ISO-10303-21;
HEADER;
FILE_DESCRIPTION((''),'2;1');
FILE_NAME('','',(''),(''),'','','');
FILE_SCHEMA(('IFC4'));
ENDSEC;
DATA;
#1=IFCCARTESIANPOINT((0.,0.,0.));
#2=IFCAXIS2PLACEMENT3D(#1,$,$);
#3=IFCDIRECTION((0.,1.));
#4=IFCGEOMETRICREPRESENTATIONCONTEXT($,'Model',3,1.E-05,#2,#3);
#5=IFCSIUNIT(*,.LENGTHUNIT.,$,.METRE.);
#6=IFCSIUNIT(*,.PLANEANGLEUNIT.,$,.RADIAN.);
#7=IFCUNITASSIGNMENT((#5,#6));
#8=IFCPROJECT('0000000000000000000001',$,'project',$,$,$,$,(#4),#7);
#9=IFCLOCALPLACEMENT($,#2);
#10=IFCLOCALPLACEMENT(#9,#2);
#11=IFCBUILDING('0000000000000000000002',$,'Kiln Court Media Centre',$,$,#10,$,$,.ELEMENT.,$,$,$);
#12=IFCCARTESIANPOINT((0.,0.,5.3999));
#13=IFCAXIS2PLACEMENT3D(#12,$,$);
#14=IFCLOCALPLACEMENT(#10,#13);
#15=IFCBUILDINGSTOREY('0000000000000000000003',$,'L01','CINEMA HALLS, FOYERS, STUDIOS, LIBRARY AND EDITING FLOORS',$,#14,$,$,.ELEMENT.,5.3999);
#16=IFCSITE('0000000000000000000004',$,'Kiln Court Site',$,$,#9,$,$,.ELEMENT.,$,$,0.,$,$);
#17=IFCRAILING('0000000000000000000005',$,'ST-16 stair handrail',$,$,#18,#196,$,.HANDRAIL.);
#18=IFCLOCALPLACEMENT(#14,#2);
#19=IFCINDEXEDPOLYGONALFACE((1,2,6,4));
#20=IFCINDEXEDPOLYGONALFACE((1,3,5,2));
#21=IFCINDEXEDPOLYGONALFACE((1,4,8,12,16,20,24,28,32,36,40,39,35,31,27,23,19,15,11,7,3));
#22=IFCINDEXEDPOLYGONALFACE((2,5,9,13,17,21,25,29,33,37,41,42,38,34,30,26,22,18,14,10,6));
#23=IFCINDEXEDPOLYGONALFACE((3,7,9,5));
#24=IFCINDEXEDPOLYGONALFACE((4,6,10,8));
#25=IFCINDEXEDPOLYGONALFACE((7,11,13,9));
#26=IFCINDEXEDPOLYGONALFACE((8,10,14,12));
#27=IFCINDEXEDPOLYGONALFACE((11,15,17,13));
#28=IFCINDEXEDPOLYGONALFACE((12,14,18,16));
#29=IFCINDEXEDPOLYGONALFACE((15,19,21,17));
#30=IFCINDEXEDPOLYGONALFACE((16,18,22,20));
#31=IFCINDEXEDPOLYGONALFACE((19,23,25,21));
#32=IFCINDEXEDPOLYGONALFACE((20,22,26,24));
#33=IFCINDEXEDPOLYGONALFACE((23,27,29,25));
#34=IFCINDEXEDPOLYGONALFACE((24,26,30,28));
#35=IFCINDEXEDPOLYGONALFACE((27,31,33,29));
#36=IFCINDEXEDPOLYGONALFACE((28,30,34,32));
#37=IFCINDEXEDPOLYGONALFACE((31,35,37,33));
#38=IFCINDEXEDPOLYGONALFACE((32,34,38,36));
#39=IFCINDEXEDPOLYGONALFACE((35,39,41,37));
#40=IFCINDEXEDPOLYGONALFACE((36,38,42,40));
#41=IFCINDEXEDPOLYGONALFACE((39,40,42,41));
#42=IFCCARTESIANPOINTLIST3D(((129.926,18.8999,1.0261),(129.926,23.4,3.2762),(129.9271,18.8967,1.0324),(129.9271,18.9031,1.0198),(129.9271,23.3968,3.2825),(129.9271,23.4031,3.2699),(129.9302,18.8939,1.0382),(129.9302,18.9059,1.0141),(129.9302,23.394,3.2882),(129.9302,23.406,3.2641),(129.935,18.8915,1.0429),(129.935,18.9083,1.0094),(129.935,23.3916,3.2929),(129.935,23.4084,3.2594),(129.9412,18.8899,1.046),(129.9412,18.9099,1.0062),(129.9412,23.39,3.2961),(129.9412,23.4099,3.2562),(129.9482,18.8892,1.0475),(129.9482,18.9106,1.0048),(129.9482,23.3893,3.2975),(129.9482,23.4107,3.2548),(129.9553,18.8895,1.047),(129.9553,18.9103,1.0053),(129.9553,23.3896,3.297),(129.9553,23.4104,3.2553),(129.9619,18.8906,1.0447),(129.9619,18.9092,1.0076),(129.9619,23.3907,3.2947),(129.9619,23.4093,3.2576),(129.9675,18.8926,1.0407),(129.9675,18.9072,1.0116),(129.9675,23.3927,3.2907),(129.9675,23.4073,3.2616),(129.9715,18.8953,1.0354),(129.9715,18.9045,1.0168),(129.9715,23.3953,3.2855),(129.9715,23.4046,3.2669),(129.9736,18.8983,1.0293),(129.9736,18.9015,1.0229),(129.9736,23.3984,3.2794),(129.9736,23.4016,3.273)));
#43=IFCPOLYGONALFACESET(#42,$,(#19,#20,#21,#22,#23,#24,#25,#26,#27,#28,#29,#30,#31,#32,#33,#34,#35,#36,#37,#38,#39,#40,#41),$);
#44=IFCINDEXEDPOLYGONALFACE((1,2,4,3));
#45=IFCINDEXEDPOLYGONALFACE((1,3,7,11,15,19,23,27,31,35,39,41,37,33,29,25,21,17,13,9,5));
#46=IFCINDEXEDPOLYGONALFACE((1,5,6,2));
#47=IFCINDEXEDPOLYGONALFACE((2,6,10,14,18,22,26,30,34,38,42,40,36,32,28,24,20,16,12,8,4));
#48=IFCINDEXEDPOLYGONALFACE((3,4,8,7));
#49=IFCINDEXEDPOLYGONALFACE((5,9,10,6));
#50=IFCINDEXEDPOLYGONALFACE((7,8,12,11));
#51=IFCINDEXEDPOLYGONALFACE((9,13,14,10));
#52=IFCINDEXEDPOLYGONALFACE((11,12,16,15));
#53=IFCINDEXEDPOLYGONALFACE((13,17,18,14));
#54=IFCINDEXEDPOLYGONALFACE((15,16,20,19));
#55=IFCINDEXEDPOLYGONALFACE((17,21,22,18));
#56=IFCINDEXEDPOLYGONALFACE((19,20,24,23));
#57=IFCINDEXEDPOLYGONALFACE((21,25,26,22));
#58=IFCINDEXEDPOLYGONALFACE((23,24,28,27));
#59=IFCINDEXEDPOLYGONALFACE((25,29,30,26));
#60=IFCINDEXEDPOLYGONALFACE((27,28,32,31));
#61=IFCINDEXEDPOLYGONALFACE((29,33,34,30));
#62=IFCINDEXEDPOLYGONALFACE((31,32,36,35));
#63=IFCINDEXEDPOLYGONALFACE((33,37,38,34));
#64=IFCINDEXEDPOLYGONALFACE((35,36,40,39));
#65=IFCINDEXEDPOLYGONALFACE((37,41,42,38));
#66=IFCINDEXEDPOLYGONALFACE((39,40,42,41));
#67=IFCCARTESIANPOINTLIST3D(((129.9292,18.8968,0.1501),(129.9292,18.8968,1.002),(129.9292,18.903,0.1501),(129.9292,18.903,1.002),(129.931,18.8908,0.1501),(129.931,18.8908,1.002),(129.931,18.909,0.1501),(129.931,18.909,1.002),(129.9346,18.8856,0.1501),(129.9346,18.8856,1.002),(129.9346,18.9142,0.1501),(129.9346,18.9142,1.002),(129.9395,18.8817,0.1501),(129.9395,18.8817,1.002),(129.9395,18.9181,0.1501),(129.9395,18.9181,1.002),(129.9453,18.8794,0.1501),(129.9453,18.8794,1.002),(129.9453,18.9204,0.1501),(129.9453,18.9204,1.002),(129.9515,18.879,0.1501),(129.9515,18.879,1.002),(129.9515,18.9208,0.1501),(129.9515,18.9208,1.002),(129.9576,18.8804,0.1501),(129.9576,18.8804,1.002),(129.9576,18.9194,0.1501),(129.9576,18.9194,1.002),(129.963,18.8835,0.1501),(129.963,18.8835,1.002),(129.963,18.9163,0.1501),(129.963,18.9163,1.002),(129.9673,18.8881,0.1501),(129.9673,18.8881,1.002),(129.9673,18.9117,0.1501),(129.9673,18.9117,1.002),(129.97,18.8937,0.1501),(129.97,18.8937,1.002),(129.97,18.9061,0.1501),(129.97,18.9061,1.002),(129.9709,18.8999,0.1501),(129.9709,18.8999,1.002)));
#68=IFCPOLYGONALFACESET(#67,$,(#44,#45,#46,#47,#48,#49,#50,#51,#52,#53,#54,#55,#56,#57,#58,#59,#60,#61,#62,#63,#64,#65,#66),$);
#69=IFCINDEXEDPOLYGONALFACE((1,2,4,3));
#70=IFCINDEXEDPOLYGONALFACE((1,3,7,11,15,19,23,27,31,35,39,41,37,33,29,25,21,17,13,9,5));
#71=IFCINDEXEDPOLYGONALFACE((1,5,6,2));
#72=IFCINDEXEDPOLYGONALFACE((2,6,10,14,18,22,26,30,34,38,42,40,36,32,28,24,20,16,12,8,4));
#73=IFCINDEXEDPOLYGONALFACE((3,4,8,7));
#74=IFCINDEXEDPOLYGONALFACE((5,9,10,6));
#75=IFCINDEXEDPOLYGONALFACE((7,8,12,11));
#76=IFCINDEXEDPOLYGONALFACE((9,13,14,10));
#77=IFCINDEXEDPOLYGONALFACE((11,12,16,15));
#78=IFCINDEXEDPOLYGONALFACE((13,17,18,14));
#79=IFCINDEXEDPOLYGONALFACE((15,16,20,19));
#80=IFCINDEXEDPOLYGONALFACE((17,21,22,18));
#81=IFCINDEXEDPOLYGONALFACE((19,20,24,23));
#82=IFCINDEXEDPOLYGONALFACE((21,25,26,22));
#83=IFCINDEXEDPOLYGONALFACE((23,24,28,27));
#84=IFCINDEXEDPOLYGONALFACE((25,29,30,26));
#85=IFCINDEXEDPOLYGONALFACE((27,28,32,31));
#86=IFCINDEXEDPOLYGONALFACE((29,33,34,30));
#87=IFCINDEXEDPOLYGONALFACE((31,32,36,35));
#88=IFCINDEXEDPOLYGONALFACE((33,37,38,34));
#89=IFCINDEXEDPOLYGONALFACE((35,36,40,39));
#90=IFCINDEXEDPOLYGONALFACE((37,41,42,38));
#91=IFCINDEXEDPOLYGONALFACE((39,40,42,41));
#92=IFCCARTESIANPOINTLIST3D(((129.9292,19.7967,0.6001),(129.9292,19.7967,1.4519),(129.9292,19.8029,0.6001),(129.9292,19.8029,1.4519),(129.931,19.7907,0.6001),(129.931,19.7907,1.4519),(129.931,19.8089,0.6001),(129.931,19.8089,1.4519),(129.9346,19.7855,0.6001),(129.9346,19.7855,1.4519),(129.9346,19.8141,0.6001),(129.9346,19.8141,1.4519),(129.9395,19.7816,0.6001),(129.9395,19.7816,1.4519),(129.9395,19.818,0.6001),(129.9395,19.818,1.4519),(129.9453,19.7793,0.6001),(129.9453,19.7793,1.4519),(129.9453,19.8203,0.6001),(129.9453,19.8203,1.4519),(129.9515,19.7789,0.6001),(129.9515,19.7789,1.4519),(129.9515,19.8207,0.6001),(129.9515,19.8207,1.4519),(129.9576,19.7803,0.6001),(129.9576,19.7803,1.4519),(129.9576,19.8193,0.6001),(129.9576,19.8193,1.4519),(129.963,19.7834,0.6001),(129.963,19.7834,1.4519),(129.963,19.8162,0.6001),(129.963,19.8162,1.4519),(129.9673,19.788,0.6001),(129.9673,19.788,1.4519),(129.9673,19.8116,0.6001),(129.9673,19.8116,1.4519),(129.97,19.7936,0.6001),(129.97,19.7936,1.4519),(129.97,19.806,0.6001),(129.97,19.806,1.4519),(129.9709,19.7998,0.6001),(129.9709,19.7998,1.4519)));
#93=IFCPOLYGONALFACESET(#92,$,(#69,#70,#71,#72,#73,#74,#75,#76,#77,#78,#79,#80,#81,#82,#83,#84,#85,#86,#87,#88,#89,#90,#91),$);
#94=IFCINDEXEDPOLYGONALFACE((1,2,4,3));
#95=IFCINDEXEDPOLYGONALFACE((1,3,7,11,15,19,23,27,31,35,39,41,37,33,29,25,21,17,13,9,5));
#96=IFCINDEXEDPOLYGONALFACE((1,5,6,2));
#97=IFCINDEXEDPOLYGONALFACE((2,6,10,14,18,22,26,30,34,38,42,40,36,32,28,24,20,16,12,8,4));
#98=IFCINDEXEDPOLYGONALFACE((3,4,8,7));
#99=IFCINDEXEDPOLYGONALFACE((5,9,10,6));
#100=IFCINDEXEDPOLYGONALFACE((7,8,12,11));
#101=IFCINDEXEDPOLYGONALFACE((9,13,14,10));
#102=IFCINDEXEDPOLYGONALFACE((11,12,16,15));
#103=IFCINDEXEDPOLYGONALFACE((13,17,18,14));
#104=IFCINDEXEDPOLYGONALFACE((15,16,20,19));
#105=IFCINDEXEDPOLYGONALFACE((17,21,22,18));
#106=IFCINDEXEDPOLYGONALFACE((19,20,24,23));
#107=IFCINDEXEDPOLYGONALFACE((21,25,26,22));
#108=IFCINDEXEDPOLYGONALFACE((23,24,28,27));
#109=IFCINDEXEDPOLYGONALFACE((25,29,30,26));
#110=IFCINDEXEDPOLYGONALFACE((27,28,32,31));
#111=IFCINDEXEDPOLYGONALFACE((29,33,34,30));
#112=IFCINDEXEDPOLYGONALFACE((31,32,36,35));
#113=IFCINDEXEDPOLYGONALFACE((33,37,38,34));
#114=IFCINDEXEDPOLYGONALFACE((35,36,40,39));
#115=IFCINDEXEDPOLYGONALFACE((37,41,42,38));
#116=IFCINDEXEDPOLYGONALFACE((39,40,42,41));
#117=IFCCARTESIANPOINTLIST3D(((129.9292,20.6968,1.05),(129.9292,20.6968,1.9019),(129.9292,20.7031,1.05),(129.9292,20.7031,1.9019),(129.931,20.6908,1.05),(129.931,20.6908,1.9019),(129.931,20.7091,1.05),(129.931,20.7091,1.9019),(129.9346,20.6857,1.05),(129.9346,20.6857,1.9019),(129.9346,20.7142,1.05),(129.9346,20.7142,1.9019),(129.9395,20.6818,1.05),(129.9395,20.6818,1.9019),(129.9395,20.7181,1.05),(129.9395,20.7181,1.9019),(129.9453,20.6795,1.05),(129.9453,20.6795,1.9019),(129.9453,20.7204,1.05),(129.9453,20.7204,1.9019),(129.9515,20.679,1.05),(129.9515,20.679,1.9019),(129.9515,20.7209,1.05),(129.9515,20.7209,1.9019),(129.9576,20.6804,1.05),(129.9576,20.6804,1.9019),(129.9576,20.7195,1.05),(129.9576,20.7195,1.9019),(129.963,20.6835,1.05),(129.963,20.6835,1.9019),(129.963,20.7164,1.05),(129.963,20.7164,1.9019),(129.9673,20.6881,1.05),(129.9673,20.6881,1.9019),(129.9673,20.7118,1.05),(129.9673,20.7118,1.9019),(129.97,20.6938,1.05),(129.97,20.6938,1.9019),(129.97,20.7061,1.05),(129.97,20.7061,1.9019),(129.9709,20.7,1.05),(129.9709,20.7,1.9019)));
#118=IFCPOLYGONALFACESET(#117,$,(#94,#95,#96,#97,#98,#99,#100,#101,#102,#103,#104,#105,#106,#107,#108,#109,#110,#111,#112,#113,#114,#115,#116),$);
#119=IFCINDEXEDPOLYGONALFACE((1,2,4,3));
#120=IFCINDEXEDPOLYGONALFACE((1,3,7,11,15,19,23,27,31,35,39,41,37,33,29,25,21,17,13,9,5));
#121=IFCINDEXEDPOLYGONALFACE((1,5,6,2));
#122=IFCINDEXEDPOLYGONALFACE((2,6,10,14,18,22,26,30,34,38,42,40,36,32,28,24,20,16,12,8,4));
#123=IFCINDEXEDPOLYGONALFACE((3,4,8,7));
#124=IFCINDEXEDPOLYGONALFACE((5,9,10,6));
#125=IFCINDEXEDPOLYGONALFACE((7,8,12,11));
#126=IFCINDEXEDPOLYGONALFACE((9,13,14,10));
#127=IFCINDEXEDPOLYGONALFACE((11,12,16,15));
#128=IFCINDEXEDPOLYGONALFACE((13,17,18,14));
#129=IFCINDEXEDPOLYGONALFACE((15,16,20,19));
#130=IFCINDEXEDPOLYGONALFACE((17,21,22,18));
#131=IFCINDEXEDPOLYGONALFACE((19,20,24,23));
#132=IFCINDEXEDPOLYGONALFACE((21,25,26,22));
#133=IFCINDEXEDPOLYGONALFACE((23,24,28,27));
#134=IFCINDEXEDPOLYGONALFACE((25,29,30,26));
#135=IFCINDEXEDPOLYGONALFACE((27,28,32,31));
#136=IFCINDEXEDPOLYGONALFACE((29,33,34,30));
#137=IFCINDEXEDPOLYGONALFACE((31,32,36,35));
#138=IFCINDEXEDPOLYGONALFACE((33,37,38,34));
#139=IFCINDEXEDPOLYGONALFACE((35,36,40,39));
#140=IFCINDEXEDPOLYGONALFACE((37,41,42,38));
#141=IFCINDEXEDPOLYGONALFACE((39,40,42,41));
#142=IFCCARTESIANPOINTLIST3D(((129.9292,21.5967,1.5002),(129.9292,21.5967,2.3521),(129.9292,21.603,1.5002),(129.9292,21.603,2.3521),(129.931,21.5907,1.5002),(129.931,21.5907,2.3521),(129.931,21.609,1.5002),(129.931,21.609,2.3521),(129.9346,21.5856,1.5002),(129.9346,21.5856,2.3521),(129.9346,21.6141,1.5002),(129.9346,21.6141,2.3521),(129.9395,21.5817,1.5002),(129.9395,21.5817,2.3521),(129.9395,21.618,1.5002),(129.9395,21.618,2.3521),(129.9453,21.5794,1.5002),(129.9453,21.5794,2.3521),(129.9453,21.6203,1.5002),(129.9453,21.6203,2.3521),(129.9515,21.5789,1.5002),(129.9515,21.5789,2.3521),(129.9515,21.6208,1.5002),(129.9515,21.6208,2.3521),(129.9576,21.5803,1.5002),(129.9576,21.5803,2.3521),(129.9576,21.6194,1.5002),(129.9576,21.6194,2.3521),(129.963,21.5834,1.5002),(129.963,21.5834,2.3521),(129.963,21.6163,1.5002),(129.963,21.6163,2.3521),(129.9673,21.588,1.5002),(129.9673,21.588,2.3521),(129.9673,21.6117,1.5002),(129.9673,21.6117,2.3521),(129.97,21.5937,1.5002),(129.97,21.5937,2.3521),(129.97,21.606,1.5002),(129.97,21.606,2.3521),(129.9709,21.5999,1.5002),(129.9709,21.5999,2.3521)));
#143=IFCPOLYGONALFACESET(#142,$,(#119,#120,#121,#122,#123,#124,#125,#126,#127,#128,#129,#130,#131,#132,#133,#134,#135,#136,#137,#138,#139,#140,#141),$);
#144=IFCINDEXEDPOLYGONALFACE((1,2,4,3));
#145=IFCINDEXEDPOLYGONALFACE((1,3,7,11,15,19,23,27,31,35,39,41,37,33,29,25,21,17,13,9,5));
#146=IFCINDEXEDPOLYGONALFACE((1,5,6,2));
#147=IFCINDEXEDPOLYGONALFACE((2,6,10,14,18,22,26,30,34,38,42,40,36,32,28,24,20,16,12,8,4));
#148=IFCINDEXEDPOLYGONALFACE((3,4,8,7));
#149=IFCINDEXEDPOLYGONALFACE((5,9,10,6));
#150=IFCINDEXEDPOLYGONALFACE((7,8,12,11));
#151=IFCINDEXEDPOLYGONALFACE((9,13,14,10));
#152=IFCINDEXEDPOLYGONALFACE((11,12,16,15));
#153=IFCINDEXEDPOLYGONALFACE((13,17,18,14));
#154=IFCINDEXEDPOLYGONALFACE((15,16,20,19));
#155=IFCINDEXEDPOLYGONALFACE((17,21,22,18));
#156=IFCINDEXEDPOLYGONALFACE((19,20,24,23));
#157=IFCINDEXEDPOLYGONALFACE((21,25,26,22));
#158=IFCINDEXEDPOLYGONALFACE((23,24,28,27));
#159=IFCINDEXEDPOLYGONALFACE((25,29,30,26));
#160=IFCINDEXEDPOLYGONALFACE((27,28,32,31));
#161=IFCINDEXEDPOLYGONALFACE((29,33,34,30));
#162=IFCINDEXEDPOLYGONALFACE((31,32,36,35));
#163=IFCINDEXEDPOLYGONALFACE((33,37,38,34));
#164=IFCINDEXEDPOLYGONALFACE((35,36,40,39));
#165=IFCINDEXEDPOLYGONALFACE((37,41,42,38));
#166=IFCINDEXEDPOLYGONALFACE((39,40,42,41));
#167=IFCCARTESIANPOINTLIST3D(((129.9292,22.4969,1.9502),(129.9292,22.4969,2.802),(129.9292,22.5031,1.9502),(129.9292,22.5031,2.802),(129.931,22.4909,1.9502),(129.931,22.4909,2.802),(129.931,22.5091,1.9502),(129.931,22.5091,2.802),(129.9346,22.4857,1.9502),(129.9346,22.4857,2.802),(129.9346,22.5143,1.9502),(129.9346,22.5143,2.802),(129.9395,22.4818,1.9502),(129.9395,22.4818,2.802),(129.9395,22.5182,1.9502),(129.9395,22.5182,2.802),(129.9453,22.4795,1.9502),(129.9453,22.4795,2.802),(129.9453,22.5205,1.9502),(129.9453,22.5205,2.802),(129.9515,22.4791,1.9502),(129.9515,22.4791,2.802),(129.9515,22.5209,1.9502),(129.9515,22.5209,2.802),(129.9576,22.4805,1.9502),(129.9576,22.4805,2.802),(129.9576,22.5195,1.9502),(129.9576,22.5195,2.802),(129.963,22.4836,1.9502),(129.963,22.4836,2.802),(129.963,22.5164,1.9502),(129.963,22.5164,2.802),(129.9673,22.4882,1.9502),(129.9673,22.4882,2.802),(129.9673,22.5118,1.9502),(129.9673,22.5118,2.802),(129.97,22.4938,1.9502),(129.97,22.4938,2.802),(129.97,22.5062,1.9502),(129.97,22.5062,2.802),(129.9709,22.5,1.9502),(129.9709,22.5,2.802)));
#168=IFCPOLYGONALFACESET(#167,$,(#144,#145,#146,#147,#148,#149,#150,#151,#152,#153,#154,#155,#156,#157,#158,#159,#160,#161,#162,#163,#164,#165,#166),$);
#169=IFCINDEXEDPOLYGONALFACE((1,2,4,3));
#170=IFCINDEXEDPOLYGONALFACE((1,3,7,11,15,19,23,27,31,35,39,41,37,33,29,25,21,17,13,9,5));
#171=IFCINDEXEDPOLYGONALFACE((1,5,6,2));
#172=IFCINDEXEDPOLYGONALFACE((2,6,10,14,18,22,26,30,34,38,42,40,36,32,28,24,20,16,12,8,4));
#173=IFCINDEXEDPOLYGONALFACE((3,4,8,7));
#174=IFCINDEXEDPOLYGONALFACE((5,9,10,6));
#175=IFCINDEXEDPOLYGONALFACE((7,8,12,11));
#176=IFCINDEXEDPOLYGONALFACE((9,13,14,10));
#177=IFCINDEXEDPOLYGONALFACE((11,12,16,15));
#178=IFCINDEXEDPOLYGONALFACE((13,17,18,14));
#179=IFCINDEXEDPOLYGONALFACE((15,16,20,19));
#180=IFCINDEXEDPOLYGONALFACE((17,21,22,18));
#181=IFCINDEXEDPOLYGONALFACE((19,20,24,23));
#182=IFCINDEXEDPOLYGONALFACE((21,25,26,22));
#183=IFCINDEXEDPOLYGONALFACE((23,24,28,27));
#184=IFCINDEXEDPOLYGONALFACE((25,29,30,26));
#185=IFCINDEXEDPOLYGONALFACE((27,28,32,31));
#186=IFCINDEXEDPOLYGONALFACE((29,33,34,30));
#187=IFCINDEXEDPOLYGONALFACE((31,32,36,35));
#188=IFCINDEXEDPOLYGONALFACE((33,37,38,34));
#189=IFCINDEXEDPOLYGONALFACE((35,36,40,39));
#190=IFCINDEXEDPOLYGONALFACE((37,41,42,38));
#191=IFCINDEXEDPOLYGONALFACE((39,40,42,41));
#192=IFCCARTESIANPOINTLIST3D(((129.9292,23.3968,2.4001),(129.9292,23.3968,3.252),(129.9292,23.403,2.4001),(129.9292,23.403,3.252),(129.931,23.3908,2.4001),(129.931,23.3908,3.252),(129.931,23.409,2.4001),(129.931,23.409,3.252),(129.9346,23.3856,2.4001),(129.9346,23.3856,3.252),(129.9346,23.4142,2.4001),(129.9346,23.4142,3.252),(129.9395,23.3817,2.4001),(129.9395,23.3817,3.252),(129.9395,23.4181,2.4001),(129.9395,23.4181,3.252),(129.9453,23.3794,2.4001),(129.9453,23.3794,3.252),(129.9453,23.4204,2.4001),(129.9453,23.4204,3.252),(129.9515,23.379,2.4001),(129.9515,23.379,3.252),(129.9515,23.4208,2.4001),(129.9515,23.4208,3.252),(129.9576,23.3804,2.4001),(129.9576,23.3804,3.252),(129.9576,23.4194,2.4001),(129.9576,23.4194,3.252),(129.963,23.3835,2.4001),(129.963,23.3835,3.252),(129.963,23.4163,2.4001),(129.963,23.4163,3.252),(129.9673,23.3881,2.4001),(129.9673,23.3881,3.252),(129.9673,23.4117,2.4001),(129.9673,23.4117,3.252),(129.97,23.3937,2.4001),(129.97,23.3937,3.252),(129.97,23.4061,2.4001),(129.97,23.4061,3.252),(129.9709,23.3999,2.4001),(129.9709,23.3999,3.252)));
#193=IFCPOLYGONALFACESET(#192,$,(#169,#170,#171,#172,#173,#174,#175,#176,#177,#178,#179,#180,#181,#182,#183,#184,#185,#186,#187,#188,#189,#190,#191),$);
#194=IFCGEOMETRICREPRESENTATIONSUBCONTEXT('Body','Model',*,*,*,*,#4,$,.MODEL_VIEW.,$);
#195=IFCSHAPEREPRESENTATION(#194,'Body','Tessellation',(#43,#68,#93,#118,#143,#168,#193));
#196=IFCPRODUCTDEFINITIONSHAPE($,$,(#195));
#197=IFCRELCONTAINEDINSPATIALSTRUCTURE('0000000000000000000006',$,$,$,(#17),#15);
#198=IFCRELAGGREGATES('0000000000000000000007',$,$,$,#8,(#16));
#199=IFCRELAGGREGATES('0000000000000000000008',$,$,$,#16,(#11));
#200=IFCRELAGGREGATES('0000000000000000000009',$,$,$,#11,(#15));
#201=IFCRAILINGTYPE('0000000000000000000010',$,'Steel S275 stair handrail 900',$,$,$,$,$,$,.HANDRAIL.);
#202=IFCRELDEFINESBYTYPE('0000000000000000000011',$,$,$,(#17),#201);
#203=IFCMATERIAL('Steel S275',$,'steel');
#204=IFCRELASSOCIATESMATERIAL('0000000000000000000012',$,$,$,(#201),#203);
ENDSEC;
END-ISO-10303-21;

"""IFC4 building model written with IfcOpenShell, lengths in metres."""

from ifc_helpers import new_model, si_unit, direction, frame, origin, origin_2d, place, context, subcontext, project, spatial, circle, extrude, material, type_object, element, save


model = new_model("IFC4")

# Units and contexts
model_context = context("Model", 3, precision=1e-05, world=origin(), true_north=direction((0.0, 1.0)))
body_context = subcontext(model_context, "Body", "Model", "MODEL_VIEW")
ifc_project = project(units=[si_unit("LENGTHUNIT", "METRE"), si_unit("PLANEANGLEUNIT", "RADIAN")], contexts=[model_context])

# Site, building, storey
site_placement = place(None, origin())
site = spatial("IfcSite", under=ifc_project, at=site_placement, Name="Kiln Court Site", CompositionType="ELEMENT", RefElevation=0.0)
building_placement = place(site_placement, origin())
building = spatial("IfcBuilding", under=site, at=building_placement, Name="Kiln Court Media Centre", CompositionType="ELEMENT")
storey_placement = place(building_placement, frame((0.0, 0.0, 5.3999)))
storey = spatial("IfcBuildingStorey", under=building, at=storey_placement, Name="L01", Description="CINEMA HALLS, FOYERS, STUDIOS, LIBRARY AND EDITING FLOORS", CompositionType="ELEMENT", Elevation=5.3999)

# Railing
ifc_material_1 = material(Name="Steel S275", Category="steel")
railing_type_1 = type_object("IfcRailingType", Name="Steel S275 stair handrail 900", PredefinedType="HANDRAIL", material=ifc_material_1)
railing_1_placement = place(storey_placement, frame((129.95, 18.8999, 0.1501)))
element("IfcRailing", 1, at=railing_1_placement, inside=storey, type_object=railing_type_1, Name="ST-16 stair handrail", PredefinedType="HANDRAIL", context=body_context, shape_type="SweptSolid", body=[
    extrude(circle(Radius=0.0239, at=origin_2d()), frame((0.0, 0.0, 0.876), z_axis=(0.0, 0.894427, 0.447214), x_axis=(-1.0, 0.0, 0.0)), (0.0, 0.0, 1.0), 5.0312),
    extrude(circle(Radius=0.021, at=origin_2d()), origin(), (0.0, 0.0, 1.0), 0.8518),
    extrude(circle(Radius=0.021, at=origin_2d()), frame((0.0, 0.8999, 0.45)), (0.0, 0.0, 1.0), 0.8518),
    extrude(circle(Radius=0.021, at=origin_2d()), frame((0.0, 1.8, 0.8999)), (0.0, 0.0, 1.0), 0.8518),
    extrude(circle(Radius=0.021, at=origin_2d()), frame((0.0, 2.7, 1.3501)), (0.0, 0.0, 1.0), 0.8518),
    extrude(circle(Radius=0.021, at=origin_2d()), frame((0.0, 3.6001, 1.8)), (0.0, 0.0, 1.0), 0.8518),
    extrude(circle(Radius=0.021, at=origin_2d()), frame((0.0, 4.5, 2.25)), (0.0, 0.0, 1.0), 0.8518),
])

save(model, "model.ifc")
